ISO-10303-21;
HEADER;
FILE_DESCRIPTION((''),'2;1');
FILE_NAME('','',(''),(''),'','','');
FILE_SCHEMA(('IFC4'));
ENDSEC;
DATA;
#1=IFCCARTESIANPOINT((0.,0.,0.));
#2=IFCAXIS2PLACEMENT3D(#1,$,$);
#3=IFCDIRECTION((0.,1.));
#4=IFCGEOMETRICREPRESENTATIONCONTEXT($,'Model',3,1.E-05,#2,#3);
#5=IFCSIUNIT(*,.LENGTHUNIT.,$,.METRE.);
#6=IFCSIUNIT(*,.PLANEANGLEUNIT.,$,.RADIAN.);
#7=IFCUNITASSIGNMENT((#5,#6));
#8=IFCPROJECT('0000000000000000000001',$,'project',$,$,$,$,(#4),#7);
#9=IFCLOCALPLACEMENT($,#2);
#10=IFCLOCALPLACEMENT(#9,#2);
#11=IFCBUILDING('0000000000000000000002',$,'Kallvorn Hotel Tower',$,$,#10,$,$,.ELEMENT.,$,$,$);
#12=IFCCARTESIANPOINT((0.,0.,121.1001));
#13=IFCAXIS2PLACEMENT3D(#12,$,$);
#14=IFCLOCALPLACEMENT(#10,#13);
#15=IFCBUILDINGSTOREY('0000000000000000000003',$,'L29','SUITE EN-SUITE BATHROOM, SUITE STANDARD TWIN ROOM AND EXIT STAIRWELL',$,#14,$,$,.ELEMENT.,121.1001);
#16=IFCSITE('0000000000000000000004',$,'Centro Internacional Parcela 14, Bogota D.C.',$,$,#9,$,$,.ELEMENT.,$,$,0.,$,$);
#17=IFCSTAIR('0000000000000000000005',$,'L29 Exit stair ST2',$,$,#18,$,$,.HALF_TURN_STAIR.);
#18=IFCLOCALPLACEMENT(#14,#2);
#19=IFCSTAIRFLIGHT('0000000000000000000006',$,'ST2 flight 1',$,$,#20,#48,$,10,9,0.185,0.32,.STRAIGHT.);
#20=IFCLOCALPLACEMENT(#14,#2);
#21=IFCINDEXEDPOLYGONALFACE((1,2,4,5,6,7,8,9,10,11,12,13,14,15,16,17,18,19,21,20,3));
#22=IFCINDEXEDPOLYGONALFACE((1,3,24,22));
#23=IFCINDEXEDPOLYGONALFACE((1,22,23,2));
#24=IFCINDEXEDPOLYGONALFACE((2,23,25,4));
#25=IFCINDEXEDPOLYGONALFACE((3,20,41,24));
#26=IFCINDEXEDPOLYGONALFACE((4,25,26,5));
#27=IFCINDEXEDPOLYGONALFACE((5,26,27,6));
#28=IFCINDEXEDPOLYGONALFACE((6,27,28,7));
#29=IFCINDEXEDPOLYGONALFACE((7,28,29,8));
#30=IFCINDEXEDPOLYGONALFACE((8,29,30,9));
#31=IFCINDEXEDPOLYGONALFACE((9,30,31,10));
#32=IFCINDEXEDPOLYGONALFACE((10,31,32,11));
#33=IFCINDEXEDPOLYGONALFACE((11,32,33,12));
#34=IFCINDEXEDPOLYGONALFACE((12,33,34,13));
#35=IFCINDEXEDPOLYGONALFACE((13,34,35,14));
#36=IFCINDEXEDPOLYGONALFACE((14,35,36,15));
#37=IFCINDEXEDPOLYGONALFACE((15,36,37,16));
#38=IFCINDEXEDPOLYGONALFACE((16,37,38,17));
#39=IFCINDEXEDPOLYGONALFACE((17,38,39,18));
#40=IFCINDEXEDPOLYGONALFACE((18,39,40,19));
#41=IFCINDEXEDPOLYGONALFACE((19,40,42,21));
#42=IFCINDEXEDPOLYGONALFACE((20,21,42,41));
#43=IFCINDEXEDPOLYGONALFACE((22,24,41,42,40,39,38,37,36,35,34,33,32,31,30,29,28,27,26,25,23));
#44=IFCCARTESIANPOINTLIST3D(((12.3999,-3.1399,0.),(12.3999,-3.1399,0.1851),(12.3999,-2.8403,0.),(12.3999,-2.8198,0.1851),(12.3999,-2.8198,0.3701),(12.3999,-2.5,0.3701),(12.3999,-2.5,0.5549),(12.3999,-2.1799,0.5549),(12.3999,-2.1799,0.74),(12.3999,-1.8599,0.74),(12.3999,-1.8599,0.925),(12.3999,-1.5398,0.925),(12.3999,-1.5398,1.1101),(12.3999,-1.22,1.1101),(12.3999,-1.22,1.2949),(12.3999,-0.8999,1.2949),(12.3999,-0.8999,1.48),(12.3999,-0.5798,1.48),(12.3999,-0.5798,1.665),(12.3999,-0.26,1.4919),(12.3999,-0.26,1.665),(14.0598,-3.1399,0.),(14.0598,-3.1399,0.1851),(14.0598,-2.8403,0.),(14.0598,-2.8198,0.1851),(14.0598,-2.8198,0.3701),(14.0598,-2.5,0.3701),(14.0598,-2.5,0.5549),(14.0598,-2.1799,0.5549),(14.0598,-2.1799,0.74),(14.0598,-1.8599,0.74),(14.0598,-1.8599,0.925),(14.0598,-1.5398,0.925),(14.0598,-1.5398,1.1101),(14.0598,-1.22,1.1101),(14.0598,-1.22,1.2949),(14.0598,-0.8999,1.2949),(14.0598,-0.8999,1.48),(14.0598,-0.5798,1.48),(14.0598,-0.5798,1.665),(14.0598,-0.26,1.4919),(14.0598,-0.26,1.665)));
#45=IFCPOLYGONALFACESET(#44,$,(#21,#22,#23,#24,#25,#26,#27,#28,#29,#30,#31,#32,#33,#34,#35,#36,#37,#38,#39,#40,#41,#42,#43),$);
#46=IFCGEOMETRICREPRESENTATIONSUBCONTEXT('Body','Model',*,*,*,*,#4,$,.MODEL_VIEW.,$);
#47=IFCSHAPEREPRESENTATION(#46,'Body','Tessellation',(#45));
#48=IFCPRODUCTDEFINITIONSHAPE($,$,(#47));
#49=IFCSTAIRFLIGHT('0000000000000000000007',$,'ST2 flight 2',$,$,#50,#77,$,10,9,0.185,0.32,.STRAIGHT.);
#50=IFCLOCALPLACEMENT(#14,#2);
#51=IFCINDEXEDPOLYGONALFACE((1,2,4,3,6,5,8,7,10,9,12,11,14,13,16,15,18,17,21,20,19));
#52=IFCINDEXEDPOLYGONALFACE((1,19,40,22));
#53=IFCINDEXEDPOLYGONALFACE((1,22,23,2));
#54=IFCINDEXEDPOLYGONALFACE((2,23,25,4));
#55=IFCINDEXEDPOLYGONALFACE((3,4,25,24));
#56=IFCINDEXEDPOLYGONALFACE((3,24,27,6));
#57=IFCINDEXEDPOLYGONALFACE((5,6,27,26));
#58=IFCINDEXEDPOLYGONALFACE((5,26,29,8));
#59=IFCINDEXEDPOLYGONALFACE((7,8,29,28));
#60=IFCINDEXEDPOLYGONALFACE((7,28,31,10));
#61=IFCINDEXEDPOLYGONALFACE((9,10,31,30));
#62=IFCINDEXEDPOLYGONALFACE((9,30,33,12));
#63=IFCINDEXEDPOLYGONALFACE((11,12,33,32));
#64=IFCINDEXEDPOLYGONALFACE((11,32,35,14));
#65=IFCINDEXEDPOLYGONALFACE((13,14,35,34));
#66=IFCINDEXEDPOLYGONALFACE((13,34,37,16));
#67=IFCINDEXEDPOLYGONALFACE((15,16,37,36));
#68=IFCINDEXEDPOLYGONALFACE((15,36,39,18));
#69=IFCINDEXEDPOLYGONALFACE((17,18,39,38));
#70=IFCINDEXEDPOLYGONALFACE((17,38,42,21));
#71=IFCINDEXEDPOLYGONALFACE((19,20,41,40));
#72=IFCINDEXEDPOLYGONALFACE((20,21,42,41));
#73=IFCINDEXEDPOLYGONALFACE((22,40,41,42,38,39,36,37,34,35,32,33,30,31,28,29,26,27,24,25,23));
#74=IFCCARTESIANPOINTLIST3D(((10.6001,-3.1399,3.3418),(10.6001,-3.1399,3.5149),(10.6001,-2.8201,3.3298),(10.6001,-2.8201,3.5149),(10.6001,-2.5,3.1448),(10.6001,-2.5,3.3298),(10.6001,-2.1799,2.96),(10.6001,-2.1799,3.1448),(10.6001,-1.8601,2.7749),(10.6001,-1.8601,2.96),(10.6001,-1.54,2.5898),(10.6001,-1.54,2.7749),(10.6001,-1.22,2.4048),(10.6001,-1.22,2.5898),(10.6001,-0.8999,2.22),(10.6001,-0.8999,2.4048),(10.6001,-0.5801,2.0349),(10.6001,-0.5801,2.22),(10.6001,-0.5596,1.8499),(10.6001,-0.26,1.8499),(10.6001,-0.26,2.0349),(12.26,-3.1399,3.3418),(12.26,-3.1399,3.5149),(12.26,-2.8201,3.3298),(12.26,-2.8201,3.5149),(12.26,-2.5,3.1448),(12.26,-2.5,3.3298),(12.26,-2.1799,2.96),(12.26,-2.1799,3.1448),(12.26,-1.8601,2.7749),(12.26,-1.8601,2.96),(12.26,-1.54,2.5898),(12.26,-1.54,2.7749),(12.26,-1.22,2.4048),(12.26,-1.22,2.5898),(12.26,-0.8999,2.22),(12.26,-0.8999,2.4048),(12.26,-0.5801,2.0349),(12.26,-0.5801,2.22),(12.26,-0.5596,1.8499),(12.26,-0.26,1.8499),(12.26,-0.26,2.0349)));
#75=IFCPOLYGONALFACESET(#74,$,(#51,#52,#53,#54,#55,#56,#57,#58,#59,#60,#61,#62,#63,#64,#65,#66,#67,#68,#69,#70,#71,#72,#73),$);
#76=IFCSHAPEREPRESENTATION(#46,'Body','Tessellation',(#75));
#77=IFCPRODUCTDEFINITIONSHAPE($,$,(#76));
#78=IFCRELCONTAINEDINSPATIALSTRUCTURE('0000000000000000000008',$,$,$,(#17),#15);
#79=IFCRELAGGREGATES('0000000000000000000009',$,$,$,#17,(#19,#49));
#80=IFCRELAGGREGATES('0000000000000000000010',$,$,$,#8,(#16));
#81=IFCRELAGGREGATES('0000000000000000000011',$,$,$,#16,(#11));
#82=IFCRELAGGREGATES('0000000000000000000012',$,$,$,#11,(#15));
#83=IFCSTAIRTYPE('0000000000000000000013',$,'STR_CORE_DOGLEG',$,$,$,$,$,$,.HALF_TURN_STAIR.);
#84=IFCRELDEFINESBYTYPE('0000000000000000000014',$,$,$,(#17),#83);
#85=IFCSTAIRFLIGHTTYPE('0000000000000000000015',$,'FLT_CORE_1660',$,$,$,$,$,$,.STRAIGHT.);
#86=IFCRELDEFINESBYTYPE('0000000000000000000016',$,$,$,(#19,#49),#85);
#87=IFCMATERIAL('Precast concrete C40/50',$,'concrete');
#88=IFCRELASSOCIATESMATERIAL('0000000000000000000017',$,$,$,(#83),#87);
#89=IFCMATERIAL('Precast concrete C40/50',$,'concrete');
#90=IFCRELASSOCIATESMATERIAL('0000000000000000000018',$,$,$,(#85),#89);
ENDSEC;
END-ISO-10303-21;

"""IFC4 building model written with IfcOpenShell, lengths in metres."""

from ifc_helpers import new_model, si_unit, direction, frame, origin, place, context, subcontext, project, spatial, polyline, outline, extrude, material, type_object, element, aggregate, save


model = new_model("IFC4")

# Units and contexts
model_context = context("Model", 3, precision=1e-05, world=origin(), true_north=direction((0.0, 1.0)))
body_context = subcontext(model_context, "Body", "Model", "MODEL_VIEW")
ifc_project = project(units=[si_unit("LENGTHUNIT", "METRE"), si_unit("PLANEANGLEUNIT", "RADIAN")], contexts=[model_context])

# Site, building, storey
site_placement = place(None, origin())
site = spatial("IfcSite", under=ifc_project, at=site_placement, Name="Centro Internacional Parcela 14, Bogota D.C.", CompositionType="ELEMENT", RefElevation=0.0)
building_placement = place(site_placement, origin())
building = spatial("IfcBuilding", under=site, at=building_placement, Name="Kallvorn Hotel Tower", CompositionType="ELEMENT")
storey_placement = place(building_placement, frame((0.0, 0.0, 121.1001)))
storey = spatial("IfcBuildingStorey", under=building, at=storey_placement, Name="L29", Description="SUITE EN-SUITE BATHROOM, SUITE STANDARD TWIN ROOM AND EXIT STAIRWELL", CompositionType="ELEMENT", Elevation=121.1001)

# Stair, stair flights
ifc_material_1 = material(Name="Precast concrete C40/50", Category="concrete")
stair_type = type_object("IfcStairType", Name="STR_CORE_DOGLEG", PredefinedType="HALF_TURN_STAIR", material=ifc_material_1)
stair_placement = place(storey_placement, origin())
stair = element("IfcStair", 1, at=stair_placement, inside=storey, type_object=stair_type, Name="L29 Exit stair ST2", PredefinedType="HALF_TURN_STAIR")
ifc_material_2 = material(Name="Precast concrete C40/50", Category="concrete")
stair_flight_type = type_object("IfcStairFlightType", Name="FLT_CORE_1660", PredefinedType="STRAIGHT", material=ifc_material_2)
stair_flight_1_placement = place(storey_placement, frame((13.23, -3.1399, 0.0), z_axis=(0.0, 0.0, 1.0), x_axis=(0.0, 1.0, 0.0)))
stair_flight_1 = element("IfcStairFlight", 2, at=stair_flight_1_placement, type_object=stair_flight_type, Name="ST2 flight 1", NumberOfRisers=10, NumberOfTreads=9, PredefinedType="STRAIGHT", RiserHeight=0.185, TreadLength=0.32, context=body_context, shape_type="SweptSolid", body=[
    extrude(outline(polyline([(0.0, 0.0), (0.0, 0.1851), (0.3201, 0.1851), (0.3201, 0.3701), (0.6399, 0.3701), (0.6399, 0.5549), (0.96, 0.5549), (0.96, 0.74), (1.28, 0.74), (1.28, 0.925), (1.6001, 0.925), (1.6001, 1.1101), (1.9199, 1.1101), (1.9199, 1.2949), (2.24, 1.2949), (2.24, 1.48), (2.5601, 1.48), (2.5601, 1.665), (2.8799, 1.665), (2.8799, 1.8501), (2.8799, 1.4919), (0.2996, 0.0), (0.0, 0.0)])), frame((0.0, 0.8301, 0.0), z_axis=(0.0, -1.0, 0.0), x_axis=(1.0, 0.0, 0.0)), (0.0, 0.0, 1.0), 1.6599),
])
stair_flight_2_placement = place(storey_placement, frame((11.4299, -0.26, 1.8499), z_axis=(0.0, 0.0, 1.0), x_axis=(0.0, -1.0, 0.0)))
stair_flight_2 = element("IfcStairFlight", 3, at=stair_flight_2_placement, type_object=stair_flight_type, Name="ST2 flight 2", NumberOfRisers=10, NumberOfTreads=9, PredefinedType="STRAIGHT", RiserHeight=0.185, TreadLength=0.32, context=body_context, shape_type="SweptSolid", body=[
    extrude(outline(polyline([(0.0, 0.0), (0.0, 0.1851), (0.3201, 0.1851), (0.3201, 0.3701), (0.6399, 0.3701), (0.6399, 0.5549), (0.96, 0.5549), (0.96, 0.74), (1.28, 0.74), (1.28, 0.925), (1.6001, 0.925), (1.6001, 1.1101), (1.9199, 1.1101), (1.9199, 1.2949), (2.24, 1.2949), (2.24, 1.48), (2.5601, 1.48), (2.5601, 1.665), (2.8799, 1.665), (2.8799, 1.8501), (2.8799, 1.4919), (0.2996, 0.0), (0.0, 0.0)])), frame((0.0, 0.8301, 0.0), z_axis=(0.0, -1.0, 0.0), x_axis=(1.0, 0.0, 0.0)), (0.0, 0.0, 1.0), 1.6599),
])
aggregate(stair, [stair_flight_1, stair_flight_2])

save(model, "model.ifc")
